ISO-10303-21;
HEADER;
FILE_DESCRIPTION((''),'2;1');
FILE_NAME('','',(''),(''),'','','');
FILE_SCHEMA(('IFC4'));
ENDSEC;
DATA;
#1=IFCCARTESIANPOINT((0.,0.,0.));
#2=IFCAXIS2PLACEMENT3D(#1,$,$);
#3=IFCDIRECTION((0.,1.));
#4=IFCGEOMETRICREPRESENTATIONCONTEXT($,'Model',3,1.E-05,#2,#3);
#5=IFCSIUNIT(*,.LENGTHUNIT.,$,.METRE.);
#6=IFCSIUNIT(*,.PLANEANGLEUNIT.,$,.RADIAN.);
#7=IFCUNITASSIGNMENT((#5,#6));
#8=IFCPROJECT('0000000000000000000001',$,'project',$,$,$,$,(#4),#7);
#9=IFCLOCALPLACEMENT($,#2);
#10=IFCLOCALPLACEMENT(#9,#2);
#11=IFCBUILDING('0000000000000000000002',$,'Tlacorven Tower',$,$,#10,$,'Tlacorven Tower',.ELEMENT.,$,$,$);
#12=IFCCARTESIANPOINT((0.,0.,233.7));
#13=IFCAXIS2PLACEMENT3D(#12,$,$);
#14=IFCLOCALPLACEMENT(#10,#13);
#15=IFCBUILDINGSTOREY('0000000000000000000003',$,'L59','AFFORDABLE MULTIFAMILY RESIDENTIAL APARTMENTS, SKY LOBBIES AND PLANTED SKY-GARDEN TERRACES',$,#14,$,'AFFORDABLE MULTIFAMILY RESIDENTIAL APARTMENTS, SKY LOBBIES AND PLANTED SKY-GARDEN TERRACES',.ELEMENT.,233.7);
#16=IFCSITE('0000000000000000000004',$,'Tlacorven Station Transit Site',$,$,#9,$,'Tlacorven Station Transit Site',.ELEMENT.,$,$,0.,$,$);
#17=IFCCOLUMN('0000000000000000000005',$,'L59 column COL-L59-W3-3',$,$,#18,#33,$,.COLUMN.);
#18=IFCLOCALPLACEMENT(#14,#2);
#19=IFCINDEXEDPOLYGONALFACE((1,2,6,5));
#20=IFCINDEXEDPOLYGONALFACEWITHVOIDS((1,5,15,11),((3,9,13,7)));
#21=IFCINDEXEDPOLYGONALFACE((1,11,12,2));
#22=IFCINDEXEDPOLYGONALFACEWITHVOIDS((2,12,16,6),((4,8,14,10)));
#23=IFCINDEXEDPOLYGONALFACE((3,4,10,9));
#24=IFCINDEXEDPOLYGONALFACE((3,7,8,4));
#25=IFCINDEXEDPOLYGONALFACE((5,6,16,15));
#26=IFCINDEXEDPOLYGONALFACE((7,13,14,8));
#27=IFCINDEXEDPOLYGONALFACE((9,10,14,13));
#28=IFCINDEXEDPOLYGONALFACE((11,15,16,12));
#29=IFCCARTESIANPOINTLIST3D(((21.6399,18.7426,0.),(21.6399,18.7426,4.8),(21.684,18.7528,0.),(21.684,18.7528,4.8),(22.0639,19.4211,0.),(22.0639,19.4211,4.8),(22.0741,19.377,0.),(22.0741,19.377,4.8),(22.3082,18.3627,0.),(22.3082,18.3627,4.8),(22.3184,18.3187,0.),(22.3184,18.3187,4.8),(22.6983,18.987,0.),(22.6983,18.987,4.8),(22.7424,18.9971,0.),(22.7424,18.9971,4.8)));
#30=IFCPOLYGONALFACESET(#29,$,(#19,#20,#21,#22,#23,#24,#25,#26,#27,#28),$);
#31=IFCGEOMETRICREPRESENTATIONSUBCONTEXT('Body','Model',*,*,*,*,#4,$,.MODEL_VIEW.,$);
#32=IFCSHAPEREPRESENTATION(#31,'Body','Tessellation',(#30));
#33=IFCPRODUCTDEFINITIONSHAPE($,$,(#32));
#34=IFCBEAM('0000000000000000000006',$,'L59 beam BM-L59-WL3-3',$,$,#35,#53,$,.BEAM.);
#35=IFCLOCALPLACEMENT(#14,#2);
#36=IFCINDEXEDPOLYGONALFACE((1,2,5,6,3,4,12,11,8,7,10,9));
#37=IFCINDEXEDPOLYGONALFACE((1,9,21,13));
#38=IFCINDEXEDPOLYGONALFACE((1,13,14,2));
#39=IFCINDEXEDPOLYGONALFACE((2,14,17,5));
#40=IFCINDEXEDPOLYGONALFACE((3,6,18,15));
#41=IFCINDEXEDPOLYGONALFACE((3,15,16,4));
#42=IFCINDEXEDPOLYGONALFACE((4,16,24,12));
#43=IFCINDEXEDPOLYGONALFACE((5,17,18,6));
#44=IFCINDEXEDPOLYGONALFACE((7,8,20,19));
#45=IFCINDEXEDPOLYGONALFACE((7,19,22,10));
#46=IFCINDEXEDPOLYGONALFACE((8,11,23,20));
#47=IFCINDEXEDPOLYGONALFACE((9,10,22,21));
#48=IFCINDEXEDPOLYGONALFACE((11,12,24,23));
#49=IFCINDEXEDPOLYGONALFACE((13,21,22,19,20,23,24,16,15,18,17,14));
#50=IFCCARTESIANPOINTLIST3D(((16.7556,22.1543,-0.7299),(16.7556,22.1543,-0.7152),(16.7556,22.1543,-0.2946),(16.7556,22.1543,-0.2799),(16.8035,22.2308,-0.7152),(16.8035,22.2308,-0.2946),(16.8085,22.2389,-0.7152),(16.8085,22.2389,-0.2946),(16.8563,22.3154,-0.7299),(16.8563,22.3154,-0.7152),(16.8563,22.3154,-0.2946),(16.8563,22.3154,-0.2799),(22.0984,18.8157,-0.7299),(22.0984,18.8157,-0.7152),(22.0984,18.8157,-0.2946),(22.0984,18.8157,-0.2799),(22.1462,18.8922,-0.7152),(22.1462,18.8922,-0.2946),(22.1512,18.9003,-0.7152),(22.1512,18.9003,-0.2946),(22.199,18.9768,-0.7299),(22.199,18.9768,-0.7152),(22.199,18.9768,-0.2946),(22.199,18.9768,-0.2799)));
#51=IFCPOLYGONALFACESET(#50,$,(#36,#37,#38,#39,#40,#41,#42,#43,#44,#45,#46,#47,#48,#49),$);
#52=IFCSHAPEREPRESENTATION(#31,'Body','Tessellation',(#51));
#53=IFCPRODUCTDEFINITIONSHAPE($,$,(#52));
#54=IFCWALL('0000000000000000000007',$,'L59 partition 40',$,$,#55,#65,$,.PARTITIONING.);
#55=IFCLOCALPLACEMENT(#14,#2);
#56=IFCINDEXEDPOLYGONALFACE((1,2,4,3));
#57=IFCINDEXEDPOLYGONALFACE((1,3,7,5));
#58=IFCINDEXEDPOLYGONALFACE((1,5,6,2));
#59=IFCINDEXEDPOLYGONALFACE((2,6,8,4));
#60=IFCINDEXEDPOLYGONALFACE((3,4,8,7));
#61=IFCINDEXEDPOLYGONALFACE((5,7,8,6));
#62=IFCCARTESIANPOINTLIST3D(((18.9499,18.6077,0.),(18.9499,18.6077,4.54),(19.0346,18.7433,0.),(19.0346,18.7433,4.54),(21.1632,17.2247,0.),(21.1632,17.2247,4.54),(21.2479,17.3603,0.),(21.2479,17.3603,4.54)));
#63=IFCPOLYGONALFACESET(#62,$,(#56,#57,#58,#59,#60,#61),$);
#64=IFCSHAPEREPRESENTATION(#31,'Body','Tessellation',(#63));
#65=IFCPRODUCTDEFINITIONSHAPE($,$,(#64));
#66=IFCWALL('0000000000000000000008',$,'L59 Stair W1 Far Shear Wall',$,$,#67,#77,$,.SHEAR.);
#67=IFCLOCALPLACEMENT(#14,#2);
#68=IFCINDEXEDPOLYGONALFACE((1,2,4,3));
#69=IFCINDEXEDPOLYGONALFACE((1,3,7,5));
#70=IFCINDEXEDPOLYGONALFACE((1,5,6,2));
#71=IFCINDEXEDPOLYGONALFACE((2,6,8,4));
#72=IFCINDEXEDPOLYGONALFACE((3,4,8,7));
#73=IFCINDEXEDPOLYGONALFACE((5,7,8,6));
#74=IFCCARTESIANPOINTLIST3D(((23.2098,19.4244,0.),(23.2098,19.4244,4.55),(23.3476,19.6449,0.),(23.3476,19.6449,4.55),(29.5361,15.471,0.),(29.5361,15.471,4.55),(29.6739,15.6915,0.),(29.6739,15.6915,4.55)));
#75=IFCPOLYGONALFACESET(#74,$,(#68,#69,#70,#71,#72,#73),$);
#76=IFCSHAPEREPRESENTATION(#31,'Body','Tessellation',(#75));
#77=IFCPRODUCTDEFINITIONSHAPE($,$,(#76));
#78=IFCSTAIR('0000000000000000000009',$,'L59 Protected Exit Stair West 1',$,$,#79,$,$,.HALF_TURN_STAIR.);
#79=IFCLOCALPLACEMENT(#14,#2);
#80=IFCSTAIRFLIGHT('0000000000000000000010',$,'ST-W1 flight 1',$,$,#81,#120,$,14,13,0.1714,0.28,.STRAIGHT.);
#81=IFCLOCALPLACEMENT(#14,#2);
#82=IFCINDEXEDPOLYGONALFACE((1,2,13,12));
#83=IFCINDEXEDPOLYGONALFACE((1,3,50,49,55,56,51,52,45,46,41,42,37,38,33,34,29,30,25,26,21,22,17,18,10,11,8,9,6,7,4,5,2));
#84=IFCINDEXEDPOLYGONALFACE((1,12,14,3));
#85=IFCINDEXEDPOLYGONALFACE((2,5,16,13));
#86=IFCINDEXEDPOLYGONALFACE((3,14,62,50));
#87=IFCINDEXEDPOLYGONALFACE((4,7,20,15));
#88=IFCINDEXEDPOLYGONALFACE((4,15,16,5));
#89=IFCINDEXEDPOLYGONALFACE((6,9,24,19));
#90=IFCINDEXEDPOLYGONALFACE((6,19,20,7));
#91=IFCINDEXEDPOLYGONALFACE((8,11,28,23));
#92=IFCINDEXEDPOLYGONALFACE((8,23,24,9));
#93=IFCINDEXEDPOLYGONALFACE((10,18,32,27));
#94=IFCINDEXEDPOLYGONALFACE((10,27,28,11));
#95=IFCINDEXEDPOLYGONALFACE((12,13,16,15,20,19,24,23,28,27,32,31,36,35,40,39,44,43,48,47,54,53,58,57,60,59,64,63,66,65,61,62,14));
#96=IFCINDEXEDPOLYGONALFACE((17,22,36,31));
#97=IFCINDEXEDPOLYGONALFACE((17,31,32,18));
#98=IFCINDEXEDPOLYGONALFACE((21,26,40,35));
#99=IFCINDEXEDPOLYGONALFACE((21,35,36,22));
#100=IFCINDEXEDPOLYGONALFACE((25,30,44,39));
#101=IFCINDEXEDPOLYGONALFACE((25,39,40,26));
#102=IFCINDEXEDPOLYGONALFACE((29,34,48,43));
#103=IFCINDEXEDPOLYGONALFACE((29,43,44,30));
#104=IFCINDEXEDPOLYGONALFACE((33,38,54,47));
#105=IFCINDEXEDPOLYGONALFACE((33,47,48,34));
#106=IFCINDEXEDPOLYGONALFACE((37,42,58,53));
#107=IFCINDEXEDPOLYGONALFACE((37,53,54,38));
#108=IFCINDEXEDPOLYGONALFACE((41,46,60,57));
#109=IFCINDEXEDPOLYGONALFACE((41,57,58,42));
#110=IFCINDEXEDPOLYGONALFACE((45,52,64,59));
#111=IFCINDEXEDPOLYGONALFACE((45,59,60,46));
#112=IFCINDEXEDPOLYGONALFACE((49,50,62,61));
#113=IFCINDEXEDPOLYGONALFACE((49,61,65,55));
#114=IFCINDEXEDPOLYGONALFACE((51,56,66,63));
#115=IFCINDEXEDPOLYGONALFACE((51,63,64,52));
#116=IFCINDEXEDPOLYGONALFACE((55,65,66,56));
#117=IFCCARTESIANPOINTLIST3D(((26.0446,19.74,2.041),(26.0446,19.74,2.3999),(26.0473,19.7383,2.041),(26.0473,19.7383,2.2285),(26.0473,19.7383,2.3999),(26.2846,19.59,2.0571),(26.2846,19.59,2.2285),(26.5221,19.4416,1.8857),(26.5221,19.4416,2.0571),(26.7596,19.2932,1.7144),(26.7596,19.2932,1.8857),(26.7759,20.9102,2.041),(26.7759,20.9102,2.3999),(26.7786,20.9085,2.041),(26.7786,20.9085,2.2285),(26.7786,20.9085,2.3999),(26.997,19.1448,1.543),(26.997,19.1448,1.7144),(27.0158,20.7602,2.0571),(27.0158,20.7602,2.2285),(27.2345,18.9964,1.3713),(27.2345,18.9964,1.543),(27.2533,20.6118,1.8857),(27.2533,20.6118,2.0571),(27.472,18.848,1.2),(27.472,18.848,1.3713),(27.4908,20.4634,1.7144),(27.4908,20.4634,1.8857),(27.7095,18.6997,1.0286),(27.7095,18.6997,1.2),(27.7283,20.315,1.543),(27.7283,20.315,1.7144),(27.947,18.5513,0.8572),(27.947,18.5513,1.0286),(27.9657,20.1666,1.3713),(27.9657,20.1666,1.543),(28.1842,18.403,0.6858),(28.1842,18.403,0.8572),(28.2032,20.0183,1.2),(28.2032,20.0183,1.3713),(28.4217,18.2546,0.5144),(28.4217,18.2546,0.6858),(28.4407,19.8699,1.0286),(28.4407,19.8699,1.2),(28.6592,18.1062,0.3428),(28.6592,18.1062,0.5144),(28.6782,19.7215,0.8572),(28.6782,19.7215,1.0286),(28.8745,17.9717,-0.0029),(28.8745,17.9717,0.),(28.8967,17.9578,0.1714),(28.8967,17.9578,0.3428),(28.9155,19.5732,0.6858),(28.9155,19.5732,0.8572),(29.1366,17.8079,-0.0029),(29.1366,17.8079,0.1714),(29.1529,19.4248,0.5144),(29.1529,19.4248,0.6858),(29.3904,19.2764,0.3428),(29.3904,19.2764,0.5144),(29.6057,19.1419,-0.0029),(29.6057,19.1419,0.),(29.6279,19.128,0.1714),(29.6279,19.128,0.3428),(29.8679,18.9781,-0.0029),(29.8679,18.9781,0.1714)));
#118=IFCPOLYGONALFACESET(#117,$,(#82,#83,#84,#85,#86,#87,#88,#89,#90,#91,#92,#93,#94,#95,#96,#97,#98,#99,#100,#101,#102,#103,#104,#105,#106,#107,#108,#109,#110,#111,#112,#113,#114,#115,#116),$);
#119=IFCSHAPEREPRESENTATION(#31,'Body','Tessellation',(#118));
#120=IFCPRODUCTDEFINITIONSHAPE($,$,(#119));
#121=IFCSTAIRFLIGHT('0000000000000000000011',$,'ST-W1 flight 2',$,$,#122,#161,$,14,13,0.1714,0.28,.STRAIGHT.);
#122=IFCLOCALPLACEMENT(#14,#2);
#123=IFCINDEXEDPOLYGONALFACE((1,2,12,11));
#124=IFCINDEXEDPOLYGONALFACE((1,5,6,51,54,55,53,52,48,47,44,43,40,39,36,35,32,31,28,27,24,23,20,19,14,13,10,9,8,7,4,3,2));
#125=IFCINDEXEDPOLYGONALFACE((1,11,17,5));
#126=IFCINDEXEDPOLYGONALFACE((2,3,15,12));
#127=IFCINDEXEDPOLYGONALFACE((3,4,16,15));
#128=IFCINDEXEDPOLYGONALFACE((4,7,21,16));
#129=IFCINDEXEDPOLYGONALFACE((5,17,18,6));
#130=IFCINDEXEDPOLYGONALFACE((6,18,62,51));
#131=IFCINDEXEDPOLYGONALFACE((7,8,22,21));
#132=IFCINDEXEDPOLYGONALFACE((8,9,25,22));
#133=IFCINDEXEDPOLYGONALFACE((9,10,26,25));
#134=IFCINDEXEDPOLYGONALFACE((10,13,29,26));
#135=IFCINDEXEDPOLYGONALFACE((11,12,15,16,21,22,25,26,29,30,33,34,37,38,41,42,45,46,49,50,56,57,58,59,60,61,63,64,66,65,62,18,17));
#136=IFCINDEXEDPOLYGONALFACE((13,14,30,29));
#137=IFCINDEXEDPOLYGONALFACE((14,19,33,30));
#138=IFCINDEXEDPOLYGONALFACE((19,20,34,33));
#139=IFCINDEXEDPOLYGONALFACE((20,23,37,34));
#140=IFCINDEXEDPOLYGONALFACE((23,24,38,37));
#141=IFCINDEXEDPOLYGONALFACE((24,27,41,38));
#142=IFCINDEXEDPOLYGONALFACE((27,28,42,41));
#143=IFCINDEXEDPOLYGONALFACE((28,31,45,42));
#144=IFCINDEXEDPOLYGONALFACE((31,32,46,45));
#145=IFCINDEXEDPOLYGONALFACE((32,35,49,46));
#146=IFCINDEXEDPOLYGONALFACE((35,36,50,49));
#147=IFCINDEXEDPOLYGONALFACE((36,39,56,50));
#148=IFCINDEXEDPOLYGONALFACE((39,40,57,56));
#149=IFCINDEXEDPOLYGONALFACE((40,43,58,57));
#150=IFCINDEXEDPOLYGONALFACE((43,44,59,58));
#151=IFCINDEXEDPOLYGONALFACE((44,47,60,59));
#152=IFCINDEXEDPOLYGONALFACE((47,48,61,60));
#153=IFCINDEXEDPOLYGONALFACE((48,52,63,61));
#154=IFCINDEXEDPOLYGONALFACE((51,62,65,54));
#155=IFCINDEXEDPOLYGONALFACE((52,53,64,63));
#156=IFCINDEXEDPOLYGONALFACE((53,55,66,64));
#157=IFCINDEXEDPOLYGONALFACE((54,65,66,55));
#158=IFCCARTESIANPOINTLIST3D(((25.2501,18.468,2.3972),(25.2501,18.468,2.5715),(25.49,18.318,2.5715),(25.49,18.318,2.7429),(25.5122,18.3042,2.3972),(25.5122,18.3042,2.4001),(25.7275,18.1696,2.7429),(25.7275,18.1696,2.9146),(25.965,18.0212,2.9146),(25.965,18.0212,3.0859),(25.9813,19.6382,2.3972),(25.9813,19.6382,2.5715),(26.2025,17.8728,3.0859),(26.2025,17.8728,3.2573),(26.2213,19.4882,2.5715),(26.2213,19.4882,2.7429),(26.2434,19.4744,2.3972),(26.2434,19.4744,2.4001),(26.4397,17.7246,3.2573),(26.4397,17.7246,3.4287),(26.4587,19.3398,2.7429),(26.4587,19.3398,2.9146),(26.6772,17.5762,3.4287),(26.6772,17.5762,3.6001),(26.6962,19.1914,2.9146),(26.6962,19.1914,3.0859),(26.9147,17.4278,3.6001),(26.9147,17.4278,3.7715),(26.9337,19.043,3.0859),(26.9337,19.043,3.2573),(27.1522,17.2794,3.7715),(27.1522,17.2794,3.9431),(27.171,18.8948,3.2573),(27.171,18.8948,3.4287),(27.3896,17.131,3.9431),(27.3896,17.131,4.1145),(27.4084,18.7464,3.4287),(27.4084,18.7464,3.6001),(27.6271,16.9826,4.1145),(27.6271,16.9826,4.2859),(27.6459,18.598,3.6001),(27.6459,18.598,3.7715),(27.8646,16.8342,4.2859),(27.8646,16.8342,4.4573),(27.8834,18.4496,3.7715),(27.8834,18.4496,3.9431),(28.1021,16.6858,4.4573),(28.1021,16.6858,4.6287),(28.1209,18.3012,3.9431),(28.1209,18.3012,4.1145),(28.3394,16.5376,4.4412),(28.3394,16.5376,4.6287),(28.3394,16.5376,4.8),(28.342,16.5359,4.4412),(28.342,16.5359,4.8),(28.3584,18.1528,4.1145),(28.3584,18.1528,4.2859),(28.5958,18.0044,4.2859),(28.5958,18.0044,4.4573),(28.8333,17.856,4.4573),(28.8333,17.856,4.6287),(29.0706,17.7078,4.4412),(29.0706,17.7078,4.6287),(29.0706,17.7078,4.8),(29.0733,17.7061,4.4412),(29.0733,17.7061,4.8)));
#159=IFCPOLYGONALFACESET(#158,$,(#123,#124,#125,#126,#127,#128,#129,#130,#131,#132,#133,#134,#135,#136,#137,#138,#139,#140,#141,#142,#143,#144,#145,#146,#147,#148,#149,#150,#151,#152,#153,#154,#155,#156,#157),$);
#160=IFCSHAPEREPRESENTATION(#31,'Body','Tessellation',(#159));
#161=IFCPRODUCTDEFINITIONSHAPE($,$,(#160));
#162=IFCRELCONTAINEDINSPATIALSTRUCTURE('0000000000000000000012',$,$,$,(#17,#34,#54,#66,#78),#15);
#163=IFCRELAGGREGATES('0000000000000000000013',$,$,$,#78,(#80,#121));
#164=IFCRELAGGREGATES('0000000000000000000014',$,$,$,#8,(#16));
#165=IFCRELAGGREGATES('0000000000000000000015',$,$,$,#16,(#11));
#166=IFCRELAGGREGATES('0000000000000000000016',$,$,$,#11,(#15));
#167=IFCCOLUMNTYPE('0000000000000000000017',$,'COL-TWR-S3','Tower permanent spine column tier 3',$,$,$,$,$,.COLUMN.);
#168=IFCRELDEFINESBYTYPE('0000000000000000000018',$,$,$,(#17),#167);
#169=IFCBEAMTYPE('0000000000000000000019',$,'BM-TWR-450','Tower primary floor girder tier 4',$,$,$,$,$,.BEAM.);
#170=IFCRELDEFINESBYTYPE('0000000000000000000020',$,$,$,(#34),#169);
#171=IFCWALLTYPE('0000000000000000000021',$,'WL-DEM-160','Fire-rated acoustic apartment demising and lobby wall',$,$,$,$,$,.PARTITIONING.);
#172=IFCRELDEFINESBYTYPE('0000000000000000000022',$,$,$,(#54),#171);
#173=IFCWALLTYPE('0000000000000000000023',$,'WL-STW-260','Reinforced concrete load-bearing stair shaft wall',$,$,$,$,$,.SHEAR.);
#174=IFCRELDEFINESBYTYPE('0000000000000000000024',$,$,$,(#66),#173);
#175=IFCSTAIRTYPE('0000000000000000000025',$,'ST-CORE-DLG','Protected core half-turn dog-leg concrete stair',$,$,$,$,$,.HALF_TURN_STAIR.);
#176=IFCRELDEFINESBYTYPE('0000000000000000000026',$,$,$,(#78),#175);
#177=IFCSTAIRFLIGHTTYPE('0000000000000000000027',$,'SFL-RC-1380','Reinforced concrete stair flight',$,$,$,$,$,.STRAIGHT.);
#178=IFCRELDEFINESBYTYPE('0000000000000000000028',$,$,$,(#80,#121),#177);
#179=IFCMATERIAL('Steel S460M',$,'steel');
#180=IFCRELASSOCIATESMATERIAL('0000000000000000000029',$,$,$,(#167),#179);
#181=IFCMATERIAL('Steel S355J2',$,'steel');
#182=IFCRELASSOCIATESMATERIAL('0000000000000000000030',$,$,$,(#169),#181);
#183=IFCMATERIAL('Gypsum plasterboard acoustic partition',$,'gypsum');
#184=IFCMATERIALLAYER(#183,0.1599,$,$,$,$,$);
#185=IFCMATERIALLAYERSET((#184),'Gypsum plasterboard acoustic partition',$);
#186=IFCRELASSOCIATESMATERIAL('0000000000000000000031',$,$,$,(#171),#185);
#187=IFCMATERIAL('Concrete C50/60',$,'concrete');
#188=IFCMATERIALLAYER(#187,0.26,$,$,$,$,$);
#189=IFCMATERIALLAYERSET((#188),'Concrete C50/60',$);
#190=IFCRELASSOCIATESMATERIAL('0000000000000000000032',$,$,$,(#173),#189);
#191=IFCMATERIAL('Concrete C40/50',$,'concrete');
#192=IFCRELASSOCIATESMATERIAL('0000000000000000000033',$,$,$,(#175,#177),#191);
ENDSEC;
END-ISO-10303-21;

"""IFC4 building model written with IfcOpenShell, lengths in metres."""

from ifc_helpers import new_model, si_unit, direction, frame, frame_2d, origin, origin_2d, place, context, subcontext, project, spatial, polyline, rectangle, hollow_rectangle, i_section, outline, extrude, source, transform, mapped, material, layer, layer_set, material_profile, profile_set, type_object, element, aggregate, save


model = new_model("IFC4")

# Units and contexts
model_context = context("Model", 3, precision=1e-05, world=origin(), true_north=direction((0.0, 1.0)))
body_context = subcontext(model_context, "Body", "Model", "MODEL_VIEW")
ifc_project = project(units=[si_unit("LENGTHUNIT", "METRE"), si_unit("PLANEANGLEUNIT", "RADIAN")], contexts=[model_context])

# Site, building, storey
site_placement = place(None, origin())
site = spatial("IfcSite", under=ifc_project, at=site_placement, Name="Tlacorven Station Transit Site", LongName="Tlacorven Station Transit Site", CompositionType="ELEMENT", RefElevation=0.0)
building_placement = place(site_placement, origin())
building = spatial("IfcBuilding", under=site, at=building_placement, Name="Tlacorven Tower", LongName="Tlacorven Tower", CompositionType="ELEMENT")
storey_placement = place(building_placement, frame((0.0, 0.0, 233.7)))
storey = spatial("IfcBuildingStorey", under=building, at=storey_placement, Name="L59", Description="AFFORDABLE MULTIFAMILY RESIDENTIAL APARTMENTS, SKY LOBBIES AND PLANTED SKY-GARDEN TERRACES", LongName="AFFORDABLE MULTIFAMILY RESIDENTIAL APARTMENTS, SKY LOBBIES AND PLANTED SKY-GARDEN TERRACES", CompositionType="ELEMENT", Elevation=233.7)

# Column
ifc_material_1 = material(Name="Steel S460M", Category="steel")
ifc_material_profile_1 = material_profile(ifc_material_1, hollow_rectangle(XDim=0.8, YDim=0.8, WallThickness=0.032, at=origin_2d()), Name="BOX 800X800X32")
ifc_profile_set_1 = profile_set([ifc_material_profile_1], Name="Steel S460M")
column_type = type_object("IfcColumnType", Name="COL-TWR-S3", Description="Tower permanent spine column tier 3", PredefinedType="COLUMN", material=ifc_profile_set_1)
shared_shape_1 = source(origin(), body_context, "Body", "SweptSolid", [
    extrude(hollow_rectangle(XDim=0.8, YDim=0.8, WallThickness=0.032, at=origin_2d()), origin(), (0.0, 0.0, 1.0), 4.8),
])
column_placement = place(storey_placement, frame((22.1912, 18.8699, 0.0), z_axis=(0.0, 0.0, 1.0), x_axis=(-0.848048, 0.529919, 0.0)))
element("IfcColumn", 1, at=column_placement, inside=storey, type_object=column_type, Name="L59 column COL-L59-W3-3", PredefinedType="COLUMN", context=body_context, shape_type="MappedRepresentation", body=[
    mapped(shared_shape_1, transform((0.0, 0.0, 0.0), scale=1.0)),
])

# Beam
ifc_material_2 = material(Name="Steel S355J2", Category="steel")
ifc_material_profile_2 = material_profile(ifc_material_2, i_section(OverallWidth=0.1899, OverallDepth=0.45, WebThickness=0.0095, FlangeThickness=0.0146, at=origin_2d()), Name="IPE 450")
ifc_profile_set_2 = profile_set([ifc_material_profile_2], Name="Steel S355J2")
beam_type = type_object("IfcBeamType", Name="BM-TWR-450", Description="Tower primary floor girder tier 4", PredefinedType="BEAM", material=ifc_profile_set_2)
shared_shape_2 = source(origin(), body_context, "Body", "SweptSolid", [
    extrude(i_section(OverallWidth=0.1899, OverallDepth=0.45, WebThickness=0.0095, FlangeThickness=0.0146, at=origin_2d()), origin(), (0.0, 0.0, 1.0), 6.3),
])
beam_placement = place(storey_placement, frame((22.1487, 18.8962, -0.5049), z_axis=(-0.848042, 0.529929, 0.0), x_axis=(-0.529929, -0.848042, 0.0)))
element("IfcBeam", 2, at=beam_placement, inside=storey, type_object=beam_type, Name="L59 beam BM-L59-WL3-3", PredefinedType="BEAM", context=body_context, shape_type="MappedRepresentation", body=[
    mapped(shared_shape_2, transform((0.0, 0.0, 0.0), scale=1.0)),
])

# Walls
ifc_material_3 = material(Name="Gypsum plasterboard acoustic partition", Category="gypsum")
ifc_layer_1 = layer(ifc_material_3, 0.1599)
ifc_layer_set_1 = layer_set([ifc_layer_1], Name="Gypsum plasterboard acoustic partition")
wall_type_1 = type_object("IfcWallType", Name="WL-DEM-160", Description="Fire-rated acoustic apartment demising and lobby wall", PredefinedType="PARTITIONING", material=ifc_layer_set_1)
wall_1_placement = place(storey_placement, frame((21.2056, 17.2925, 0.0), z_axis=(0.0, 0.0, 1.0), x_axis=(-0.848051, 0.529915, 0.0)))
element("IfcWall", 3, at=wall_1_placement, inside=storey, type_object=wall_type_1, Name="L59 partition 40", PredefinedType="PARTITIONING", context=body_context, shape_type="SweptSolid", body=[
    extrude(rectangle(XDim=2.6099, YDim=0.1599, at=frame_2d((1.3049, 0.0))), origin(), (0.0, 0.0, 1.0), 4.54),
])
ifc_material_4 = material(Name="Concrete C50/60", Category="concrete")
ifc_layer_2 = layer(ifc_material_4, 0.26)
ifc_layer_set_2 = layer_set([ifc_layer_2], Name="Concrete C50/60")
wall_type_2 = type_object("IfcWallType", Name="WL-STW-260", Description="Reinforced concrete load-bearing stair shaft wall", PredefinedType="SHEAR", material=ifc_layer_set_2)
wall_2_placement = place(storey_placement, frame((29.605, 15.5813, 0.0), z_axis=(0.0, 0.0, 1.0), x_axis=(-0.848037, 0.529937, 0.0)))
element("IfcWall", 4, at=wall_2_placement, inside=storey, type_object=wall_type_2, Name="L59 Stair W1 Far Shear Wall", PredefinedType="SHEAR", context=body_context, shape_type="SweptSolid", body=[
    extrude(rectangle(XDim=7.46, YDim=0.26, at=frame_2d((3.73, 0.0))), origin(), (0.0, 0.0, 1.0), 4.55),
])

# Stair, stair flights
ifc_material_5 = material(Name="Concrete C40/50", Category="concrete")
stair_type = type_object("IfcStairType", Name="ST-CORE-DLG", Description="Protected core half-turn dog-leg concrete stair", PredefinedType="HALF_TURN_STAIR", material=ifc_material_5)
stair_placement = place(storey_placement, origin())
stair = element("IfcStair", 5, at=stair_placement, inside=storey, type_object=stair_type, Name="L59 Protected Exit Stair West 1", PredefinedType="HALF_TURN_STAIR")
stair_flight_type = type_object("IfcStairFlightType", Name="SFL-RC-1380", Description="Reinforced concrete stair flight", PredefinedType="STRAIGHT", material=ifc_material_5)
shared_shape_3 = source(origin(), body_context, "Body", "SweptSolid", [
    extrude(outline(polyline([(-0.0029, -0.0029), (-0.0029, 0.1714), (0.28, 0.1714), (0.28, 0.3428), (0.5601, 0.3428), (0.5601, 0.5144), (0.8401, 0.5144), (0.8401, 0.6858), (1.1201, 0.6858), (1.1201, 0.8572), (1.3999, 0.8572), (1.3999, 1.0286), (1.6799, 1.0286), (1.6799, 1.2), (1.96, 1.2), (1.96, 1.3713), (2.24, 1.3713), (2.24, 1.543), (2.52, 1.543), (2.52, 1.7144), (2.8, 1.7144), (2.8, 1.8857), (3.0801, 1.8857), (3.0801, 2.0571), (3.3601, 2.0571), (3.3601, 2.2285), (3.6399, 2.2285), (3.6399, 2.3999), (3.6431, 2.3999), (3.6431, 2.041), (3.6399, 2.041), (0.3062, 0.0), (0.3062, -0.0029), (-0.0029, -0.0029)])), frame((0.0, 0.6899, 0.0), z_axis=(0.0, -1.0, 0.0), x_axis=(1.0, 0.0, 0.0)), (0.0, 0.0, 1.0), 1.3799),
])
stair_flight_1_placement = place(storey_placement, frame((29.4998, 18.3945, 0.0), z_axis=(0.0, 0.0, 1.0), x_axis=(-0.848048, 0.529919, 0.0)))
stair_flight_1 = element("IfcStairFlight", 6, at=stair_flight_1_placement, type_object=stair_flight_type, Name="ST-W1 flight 1", NumberOfRisers=14, NumberOfTreads=13, PredefinedType="STRAIGHT", RiserHeight=0.1714, TreadLength=0.28, context=body_context, shape_type="MappedRepresentation", body=[
    mapped(shared_shape_3, transform((0.0, 0.0, 0.0), scale=1.0)),
])
stair_flight_2_placement = place(storey_placement, frame((25.6182, 19.0515, 2.4001), z_axis=(0.0, 0.0, 1.0), x_axis=(0.848048, -0.529919, 0.0)))
stair_flight_2 = element("IfcStairFlight", 7, at=stair_flight_2_placement, type_object=stair_flight_type, Name="ST-W1 flight 2", NumberOfRisers=14, NumberOfTreads=13, PredefinedType="STRAIGHT", RiserHeight=0.1714, TreadLength=0.28, context=body_context, shape_type="MappedRepresentation", body=[
    mapped(shared_shape_3, transform((0.0, 0.0, 0.0), scale=1.0)),
])
aggregate(stair, [stair_flight_1, stair_flight_2])

save(model, "model.ifc")
